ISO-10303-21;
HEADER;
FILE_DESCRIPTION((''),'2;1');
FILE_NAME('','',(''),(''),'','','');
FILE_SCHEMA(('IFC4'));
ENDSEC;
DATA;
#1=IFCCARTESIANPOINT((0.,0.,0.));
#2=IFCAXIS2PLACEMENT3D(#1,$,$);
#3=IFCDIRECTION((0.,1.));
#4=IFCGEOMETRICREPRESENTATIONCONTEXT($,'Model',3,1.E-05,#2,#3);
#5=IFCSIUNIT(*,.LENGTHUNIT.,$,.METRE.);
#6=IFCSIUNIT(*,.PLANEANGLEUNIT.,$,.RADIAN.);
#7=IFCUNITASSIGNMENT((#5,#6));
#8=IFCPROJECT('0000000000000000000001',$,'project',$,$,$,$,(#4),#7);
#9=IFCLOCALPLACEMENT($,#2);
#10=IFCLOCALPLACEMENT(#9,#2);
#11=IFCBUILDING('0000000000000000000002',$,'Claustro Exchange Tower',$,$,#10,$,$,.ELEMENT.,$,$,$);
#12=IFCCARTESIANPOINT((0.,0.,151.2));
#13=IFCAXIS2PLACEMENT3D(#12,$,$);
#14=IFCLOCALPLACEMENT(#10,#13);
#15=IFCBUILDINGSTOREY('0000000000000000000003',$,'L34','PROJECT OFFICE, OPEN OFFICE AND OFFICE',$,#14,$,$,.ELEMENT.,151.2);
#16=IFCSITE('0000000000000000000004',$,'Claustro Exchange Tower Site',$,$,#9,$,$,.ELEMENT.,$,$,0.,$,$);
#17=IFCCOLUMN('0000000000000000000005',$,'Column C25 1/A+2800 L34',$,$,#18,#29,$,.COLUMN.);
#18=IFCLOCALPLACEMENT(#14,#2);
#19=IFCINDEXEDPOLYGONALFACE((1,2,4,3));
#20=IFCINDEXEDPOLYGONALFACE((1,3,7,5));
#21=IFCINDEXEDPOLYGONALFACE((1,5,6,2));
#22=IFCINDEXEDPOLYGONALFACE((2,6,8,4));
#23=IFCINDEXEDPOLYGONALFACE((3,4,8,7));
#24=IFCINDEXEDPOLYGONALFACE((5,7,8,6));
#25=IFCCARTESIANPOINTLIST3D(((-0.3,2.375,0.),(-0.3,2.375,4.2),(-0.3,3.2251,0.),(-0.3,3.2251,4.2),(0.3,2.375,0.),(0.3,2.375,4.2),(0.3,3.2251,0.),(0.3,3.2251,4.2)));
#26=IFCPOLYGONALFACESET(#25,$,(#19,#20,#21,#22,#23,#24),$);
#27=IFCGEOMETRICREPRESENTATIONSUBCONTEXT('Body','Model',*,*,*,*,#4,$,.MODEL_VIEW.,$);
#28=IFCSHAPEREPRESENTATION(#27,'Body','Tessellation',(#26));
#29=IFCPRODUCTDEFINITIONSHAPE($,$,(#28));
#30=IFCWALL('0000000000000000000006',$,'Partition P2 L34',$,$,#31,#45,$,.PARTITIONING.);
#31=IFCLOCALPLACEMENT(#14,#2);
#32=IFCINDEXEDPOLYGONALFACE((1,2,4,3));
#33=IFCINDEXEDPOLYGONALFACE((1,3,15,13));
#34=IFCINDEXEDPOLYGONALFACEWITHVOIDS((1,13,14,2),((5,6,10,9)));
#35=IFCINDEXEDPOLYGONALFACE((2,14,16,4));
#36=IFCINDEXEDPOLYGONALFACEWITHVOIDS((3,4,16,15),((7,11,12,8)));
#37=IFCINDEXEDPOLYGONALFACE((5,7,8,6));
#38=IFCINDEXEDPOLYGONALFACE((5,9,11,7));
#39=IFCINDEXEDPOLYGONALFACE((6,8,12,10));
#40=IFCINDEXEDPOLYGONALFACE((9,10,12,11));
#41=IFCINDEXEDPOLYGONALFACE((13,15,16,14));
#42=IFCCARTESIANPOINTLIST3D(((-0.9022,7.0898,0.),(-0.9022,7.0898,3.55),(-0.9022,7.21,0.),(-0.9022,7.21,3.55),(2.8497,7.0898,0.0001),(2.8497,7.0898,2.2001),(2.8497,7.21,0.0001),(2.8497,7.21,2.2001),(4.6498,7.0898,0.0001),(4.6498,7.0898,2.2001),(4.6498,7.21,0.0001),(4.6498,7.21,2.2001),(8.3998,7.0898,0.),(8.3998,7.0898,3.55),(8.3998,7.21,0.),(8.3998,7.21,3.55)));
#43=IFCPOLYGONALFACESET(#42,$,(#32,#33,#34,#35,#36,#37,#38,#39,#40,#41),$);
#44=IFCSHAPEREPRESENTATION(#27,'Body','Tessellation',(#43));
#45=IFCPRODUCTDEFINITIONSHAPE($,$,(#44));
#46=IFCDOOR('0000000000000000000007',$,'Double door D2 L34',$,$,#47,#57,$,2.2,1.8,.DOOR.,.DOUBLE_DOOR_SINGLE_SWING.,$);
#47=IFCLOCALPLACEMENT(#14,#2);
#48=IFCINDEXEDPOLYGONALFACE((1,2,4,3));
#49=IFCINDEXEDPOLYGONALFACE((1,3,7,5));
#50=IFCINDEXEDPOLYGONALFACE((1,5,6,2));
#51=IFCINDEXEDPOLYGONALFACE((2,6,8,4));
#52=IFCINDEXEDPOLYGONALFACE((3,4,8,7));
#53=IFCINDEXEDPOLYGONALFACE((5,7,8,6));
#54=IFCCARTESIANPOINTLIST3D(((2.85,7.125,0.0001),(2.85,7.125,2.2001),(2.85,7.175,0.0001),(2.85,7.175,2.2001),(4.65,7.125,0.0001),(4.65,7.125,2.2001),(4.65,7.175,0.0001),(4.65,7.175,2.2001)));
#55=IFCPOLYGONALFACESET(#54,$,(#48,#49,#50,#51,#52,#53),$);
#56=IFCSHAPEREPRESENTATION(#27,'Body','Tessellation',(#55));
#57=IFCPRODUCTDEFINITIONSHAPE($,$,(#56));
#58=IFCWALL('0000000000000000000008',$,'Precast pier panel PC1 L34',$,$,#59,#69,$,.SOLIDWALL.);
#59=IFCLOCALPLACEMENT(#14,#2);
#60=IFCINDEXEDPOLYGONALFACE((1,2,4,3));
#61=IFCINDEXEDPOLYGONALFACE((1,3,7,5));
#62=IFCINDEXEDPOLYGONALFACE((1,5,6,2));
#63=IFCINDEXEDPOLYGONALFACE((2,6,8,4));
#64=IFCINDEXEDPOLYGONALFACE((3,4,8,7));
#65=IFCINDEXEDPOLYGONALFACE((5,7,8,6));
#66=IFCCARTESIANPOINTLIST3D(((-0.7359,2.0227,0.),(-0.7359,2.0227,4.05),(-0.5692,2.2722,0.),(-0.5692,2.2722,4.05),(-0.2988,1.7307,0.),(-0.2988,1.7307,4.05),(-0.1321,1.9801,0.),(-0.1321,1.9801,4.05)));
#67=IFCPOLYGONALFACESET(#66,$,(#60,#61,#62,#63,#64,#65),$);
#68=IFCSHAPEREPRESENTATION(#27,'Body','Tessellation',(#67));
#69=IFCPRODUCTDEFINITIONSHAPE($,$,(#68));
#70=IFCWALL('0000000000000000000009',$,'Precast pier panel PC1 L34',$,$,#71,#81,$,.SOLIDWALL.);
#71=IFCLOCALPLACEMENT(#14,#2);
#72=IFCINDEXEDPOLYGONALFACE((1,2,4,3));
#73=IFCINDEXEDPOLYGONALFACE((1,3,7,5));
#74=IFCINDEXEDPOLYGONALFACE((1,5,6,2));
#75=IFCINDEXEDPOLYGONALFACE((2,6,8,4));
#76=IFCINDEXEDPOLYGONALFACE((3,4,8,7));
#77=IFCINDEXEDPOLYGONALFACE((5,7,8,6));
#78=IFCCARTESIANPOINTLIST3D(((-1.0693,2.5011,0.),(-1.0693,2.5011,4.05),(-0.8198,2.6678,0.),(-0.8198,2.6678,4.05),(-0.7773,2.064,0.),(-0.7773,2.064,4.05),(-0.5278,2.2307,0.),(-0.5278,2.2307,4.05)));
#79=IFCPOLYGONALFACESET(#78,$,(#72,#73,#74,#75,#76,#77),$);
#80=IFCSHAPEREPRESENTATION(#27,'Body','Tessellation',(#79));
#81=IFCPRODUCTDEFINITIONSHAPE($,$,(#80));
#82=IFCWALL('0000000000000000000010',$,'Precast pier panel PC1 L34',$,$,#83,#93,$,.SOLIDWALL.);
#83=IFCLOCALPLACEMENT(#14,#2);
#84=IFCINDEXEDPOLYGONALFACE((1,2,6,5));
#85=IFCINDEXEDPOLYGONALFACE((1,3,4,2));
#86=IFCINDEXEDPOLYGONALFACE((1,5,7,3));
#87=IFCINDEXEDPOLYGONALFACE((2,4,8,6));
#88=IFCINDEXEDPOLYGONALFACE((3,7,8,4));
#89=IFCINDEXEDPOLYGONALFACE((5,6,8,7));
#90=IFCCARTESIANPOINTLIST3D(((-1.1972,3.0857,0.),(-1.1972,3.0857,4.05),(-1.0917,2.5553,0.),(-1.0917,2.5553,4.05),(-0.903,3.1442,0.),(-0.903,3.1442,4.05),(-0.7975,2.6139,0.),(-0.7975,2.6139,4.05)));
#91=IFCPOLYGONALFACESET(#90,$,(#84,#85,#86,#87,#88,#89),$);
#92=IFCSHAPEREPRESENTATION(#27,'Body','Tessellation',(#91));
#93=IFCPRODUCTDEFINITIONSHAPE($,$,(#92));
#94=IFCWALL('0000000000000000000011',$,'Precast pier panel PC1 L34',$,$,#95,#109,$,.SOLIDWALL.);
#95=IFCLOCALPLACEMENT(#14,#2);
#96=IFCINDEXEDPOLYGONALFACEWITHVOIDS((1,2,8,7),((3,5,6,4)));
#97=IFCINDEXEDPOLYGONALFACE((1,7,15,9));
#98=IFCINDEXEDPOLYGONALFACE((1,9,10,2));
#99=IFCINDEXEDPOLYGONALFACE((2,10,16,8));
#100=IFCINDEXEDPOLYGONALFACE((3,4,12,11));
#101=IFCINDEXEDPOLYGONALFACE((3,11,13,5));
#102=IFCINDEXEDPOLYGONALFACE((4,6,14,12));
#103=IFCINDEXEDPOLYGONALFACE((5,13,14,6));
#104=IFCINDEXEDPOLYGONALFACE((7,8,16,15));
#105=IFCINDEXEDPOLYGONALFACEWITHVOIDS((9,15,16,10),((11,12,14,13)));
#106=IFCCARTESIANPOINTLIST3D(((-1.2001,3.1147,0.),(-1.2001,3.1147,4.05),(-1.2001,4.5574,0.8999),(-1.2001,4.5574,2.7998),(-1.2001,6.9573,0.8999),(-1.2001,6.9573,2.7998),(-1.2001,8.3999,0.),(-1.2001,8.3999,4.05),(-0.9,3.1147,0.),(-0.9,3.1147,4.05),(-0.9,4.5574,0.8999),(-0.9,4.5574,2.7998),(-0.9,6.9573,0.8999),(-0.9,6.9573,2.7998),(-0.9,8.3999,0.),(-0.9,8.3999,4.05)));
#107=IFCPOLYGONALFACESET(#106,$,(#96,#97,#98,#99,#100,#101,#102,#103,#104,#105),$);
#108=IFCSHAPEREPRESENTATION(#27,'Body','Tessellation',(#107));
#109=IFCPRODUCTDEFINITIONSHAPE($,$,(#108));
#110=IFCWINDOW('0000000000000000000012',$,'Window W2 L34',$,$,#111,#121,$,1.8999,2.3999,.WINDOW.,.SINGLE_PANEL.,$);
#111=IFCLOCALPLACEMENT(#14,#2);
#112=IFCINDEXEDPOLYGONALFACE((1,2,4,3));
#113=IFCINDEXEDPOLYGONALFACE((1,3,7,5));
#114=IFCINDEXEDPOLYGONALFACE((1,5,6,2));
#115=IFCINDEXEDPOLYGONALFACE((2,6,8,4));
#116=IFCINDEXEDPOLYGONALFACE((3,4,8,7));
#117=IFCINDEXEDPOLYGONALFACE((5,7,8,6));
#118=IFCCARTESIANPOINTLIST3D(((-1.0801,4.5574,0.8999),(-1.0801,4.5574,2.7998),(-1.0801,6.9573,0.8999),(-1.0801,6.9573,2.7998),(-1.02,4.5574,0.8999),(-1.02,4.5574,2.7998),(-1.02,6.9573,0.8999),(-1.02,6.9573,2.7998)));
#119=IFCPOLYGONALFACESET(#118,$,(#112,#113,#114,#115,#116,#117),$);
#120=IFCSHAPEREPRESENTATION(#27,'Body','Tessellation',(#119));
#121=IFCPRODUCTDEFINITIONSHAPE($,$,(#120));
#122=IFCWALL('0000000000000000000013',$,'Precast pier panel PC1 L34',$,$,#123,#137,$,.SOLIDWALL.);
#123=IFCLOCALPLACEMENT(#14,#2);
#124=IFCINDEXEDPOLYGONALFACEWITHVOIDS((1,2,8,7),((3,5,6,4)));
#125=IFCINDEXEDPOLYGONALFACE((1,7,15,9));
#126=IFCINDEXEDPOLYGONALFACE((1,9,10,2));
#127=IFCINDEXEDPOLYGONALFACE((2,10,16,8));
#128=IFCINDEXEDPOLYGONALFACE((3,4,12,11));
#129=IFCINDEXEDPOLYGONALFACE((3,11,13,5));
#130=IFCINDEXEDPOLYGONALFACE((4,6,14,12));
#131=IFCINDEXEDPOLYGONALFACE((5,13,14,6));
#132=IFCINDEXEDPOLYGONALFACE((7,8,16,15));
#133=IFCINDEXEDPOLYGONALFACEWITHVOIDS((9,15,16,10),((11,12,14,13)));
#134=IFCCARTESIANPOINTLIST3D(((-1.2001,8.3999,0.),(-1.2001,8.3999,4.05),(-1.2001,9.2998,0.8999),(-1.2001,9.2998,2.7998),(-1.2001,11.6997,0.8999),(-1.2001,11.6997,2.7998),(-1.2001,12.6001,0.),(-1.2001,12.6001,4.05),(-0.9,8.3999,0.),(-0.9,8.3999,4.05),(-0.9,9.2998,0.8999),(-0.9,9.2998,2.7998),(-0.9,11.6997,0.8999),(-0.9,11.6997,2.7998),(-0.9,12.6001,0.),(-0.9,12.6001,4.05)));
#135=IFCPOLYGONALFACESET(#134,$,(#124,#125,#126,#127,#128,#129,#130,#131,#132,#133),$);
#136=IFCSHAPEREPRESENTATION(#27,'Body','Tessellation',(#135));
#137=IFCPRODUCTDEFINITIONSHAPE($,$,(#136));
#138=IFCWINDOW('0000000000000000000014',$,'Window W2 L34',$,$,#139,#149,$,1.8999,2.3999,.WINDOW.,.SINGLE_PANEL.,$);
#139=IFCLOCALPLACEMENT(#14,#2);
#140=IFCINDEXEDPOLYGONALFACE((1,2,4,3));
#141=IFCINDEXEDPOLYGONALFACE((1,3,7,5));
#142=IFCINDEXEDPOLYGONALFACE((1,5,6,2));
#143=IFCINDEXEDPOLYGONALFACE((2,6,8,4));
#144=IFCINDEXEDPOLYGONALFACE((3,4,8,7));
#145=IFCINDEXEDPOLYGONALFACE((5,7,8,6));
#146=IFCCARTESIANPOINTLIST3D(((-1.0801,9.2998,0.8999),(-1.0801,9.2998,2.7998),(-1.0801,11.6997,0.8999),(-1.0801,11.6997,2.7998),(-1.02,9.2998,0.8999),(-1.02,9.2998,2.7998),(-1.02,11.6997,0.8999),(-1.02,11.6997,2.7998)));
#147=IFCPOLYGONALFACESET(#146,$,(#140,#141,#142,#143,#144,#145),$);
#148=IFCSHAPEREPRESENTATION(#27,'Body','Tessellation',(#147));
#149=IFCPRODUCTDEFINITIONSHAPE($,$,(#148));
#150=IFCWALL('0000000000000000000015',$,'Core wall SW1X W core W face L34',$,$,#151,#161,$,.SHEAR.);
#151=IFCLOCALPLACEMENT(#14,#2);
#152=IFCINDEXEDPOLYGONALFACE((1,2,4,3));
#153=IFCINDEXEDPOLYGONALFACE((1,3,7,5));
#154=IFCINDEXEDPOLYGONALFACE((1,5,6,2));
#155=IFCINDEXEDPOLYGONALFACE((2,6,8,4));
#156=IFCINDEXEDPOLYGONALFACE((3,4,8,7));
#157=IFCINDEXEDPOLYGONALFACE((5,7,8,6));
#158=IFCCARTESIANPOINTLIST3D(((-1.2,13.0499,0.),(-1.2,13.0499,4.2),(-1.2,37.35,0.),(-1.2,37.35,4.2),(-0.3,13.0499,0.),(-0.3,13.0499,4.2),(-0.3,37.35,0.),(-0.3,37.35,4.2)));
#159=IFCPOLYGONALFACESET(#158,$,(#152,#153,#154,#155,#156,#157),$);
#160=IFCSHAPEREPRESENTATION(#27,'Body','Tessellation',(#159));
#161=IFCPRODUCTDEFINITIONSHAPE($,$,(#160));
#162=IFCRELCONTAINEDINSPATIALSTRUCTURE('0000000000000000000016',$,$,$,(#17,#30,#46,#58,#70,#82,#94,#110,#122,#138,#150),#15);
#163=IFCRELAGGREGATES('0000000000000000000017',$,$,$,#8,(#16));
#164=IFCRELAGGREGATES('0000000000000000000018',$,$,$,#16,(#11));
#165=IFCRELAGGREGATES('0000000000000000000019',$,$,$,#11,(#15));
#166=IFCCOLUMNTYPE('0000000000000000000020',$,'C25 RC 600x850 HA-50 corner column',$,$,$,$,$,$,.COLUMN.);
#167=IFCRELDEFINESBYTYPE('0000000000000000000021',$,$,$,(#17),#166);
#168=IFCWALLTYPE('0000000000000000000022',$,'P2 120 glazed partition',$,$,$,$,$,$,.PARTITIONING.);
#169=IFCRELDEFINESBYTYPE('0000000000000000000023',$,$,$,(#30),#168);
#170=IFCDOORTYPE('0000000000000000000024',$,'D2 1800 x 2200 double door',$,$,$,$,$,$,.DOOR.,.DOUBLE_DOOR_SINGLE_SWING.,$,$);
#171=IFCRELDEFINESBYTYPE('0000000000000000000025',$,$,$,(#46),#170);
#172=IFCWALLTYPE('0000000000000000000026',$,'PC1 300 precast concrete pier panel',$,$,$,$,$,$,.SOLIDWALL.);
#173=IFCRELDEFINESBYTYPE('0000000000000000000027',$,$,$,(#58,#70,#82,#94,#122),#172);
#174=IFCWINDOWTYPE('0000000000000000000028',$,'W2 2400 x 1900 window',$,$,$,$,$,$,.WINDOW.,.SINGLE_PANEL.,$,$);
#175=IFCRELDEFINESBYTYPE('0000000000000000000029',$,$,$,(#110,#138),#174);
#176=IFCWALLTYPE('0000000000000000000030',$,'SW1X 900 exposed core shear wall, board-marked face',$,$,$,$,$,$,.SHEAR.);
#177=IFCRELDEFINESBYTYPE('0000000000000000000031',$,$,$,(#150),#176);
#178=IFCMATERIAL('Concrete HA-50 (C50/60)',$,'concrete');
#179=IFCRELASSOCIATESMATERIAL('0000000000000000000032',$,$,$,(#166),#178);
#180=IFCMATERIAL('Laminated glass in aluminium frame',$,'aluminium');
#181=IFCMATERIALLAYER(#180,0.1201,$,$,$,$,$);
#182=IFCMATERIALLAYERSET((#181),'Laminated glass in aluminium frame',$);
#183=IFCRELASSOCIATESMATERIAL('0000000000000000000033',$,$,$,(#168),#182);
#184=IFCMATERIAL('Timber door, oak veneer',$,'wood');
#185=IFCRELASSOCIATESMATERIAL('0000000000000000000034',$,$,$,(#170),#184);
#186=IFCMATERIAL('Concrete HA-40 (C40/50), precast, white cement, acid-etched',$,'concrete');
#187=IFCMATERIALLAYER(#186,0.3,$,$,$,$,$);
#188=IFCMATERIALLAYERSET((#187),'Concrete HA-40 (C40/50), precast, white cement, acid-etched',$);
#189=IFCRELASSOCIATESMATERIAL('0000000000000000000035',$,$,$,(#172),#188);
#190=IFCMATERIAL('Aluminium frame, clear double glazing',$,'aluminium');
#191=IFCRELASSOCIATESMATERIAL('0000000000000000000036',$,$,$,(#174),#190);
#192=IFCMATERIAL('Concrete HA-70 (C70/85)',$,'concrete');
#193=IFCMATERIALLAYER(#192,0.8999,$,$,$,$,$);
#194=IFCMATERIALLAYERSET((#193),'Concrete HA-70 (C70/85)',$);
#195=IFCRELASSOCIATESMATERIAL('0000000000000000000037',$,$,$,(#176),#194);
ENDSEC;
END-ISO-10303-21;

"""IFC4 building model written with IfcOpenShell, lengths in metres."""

from ifc_helpers import new_model, si_unit, direction, frame, frame_2d, origin, origin_2d, place, context, subcontext, project, spatial, rectangle, extrude, material, layer, layer_set, material_profile, profile_set, type_object, element, fill, save


model = new_model("IFC4")

# Units and contexts
model_context = context("Model", 3, precision=1e-05, world=origin(), true_north=direction((0.0, 1.0)))
body_context = subcontext(model_context, "Body", "Model", "MODEL_VIEW")
ifc_project = project(units=[si_unit("LENGTHUNIT", "METRE"), si_unit("PLANEANGLEUNIT", "RADIAN")], contexts=[model_context])

# Site, building, storey
site_placement = place(None, origin())
site = spatial("IfcSite", under=ifc_project, at=site_placement, Name="Claustro Exchange Tower Site", CompositionType="ELEMENT", RefElevation=0.0)
building_placement = place(site_placement, origin())
building = spatial("IfcBuilding", under=site, at=building_placement, Name="Claustro Exchange Tower", CompositionType="ELEMENT")
storey_placement = place(building_placement, frame((0.0, 0.0, 151.2)))
storey = spatial("IfcBuildingStorey", under=building, at=storey_placement, Name="L34", Description="PROJECT OFFICE, OPEN OFFICE AND OFFICE", CompositionType="ELEMENT", Elevation=151.2)

# Column
ifc_material_1 = material(Name="Concrete HA-50 (C50/60)", Category="concrete")
ifc_material_profile = material_profile(ifc_material_1, rectangle(XDim=0.6001, YDim=0.8501, at=origin_2d()), Name="RC 600x850")
ifc_profile_set = profile_set([ifc_material_profile], Name="Concrete HA-50 (C50/60)")
column_type = type_object("IfcColumnType", Name="C25 RC 600x850 HA-50 corner column", PredefinedType="COLUMN", material=ifc_profile_set)
column_placement = place(storey_placement, frame((0.0, 2.8, 0.0), z_axis=(0.0, 0.0, 1.0), x_axis=(1.0, 0.0, 0.0)))
element("IfcColumn", 1, at=column_placement, inside=storey, type_object=column_type, Name="Column C25 1/A+2800 L34", PredefinedType="COLUMN", context=body_context, shape_type="SweptSolid", body=[
    extrude(rectangle(XDim=0.6001, YDim=0.8501, at=origin_2d()), origin(), (0.0, 0.0, 1.0), 4.2),
])

# Wall, opening, door
ifc_material_2 = material(Name="Laminated glass in aluminium frame", Category="aluminium")
ifc_layer_1 = layer(ifc_material_2, 0.1201)
ifc_layer_set_1 = layer_set([ifc_layer_1], Name="Laminated glass in aluminium frame")
wall_type_1 = type_object("IfcWallType", Name="P2 120 glazed partition", PredefinedType="PARTITIONING", material=ifc_layer_set_1)
wall_1_placement = place(storey_placement, frame((-0.9021, 7.1499, 0.0), z_axis=(0.0, 0.0, 1.0), x_axis=(1.0, 0.0, 0.0)))
wall_1 = element("IfcWall", 2, at=wall_1_placement, inside=storey, type_object=wall_type_1, Name="Partition P2 L34", PredefinedType="PARTITIONING", context=body_context, shape_type="SweptSolid", body=[
    extrude(rectangle(XDim=9.302, YDim=0.1201, at=frame_2d((4.6509, 0.0))), origin(), (0.0, 0.0, 1.0), 3.55),
])
opening_1_placement = place(wall_1_placement, frame((3.752, 0.0, 0.0)))
opening_1 = element("IfcOpeningElement", 3, at=opening_1_placement, cuts=wall_1, PredefinedType="OPENING", context=body_context, shape_type="SweptSolid", body=[
    extrude(rectangle(XDim=1.8, YDim=2.2, at=frame_2d((0.8999, 1.1001))), frame((0.0, 0.0701, 0.0), z_axis=(0.0, -1.0, 0.0), x_axis=(1.0, 0.0, 0.0)), (0.0, 0.0, 1.0), 0.1401),
])
ifc_material_3 = material(Name="Timber door, oak veneer", Category="wood")
door_type_1 = type_object("IfcDoorType", Name="D2 1800 x 2200 double door", OperationType="DOUBLE_DOOR_SINGLE_SWING", PredefinedType="DOOR", material=ifc_material_3)
door_1_placement = place(opening_1_placement, frame((1.8, 0.0, 0.0), z_axis=(0.0, 0.0, 1.0), x_axis=(-1.0, 0.0, 0.0)))
door_1 = element("IfcDoor", 4, at=door_1_placement, inside=storey, type_object=door_type_1, Name="Double door D2 L34", OperationType="DOUBLE_DOOR_SINGLE_SWING", OverallHeight=2.2, OverallWidth=1.8, PredefinedType="DOOR", context=body_context, shape_type="SweptSolid", body=[
    extrude(rectangle(XDim=1.8, YDim=2.2, at=frame_2d((0.8999, 1.1001))), frame((0.0, 0.0249, 0.0), z_axis=(0.0, -1.0, 0.0), x_axis=(1.0, 0.0, 0.0)), (0.0, 0.0, 1.0), 0.05),
])
fill(opening_1, door_1)

# Walls
ifc_material_4 = material(Name="Concrete HA-40 (C40/50), precast, white cement, acid-etched", Category="concrete")
ifc_layer_2 = layer(ifc_material_4, 0.3)
ifc_layer_set_2 = layer_set([ifc_layer_2], Name="Concrete HA-40 (C40/50), precast, white cement, acid-etched")
wall_type_2 = type_object("IfcWallType", Name="PC1 300 precast concrete pier panel", PredefinedType="SOLIDWALL", material=ifc_layer_set_2)
for number, where, z_axis, x_axis, name in (
    (5, (-0.2156, 1.8555, 0.0), (0.0, 0.0, 1.0), (-0.831478, 0.555557, 0.0), "Precast pier panel PC1 L34"),
    (6, (-0.6526, 2.1475, 0.0), (0.0, 0.0, 1.0), (-0.555557, 0.831478, 0.0), "Precast pier panel PC1 L34"),
):
    element("IfcWall", number, at=place(storey_placement, frame(where, z_axis=z_axis, x_axis=x_axis)), inside=storey, type_object=wall_type_2, Name=name, PredefinedType="SOLIDWALL", context=body_context, shape_type="SweptSolid", body=[
        extrude(rectangle(XDim=0.5256, YDim=0.3, at=frame_2d((0.2627, 0.0))), origin(), (0.0, 0.0, 1.0), 4.05),
    ])
wall_2_placement = place(storey_placement, frame((-0.9446, 2.5845, 0.0), z_axis=(0.0, 0.0, 1.0), x_axis=(-0.195074, 0.980789, 0.0)))
element("IfcWall", 7, at=wall_2_placement, inside=storey, type_object=wall_type_2, Name="Precast pier panel PC1 L34", PredefinedType="SOLIDWALL", context=body_context, shape_type="SweptSolid", body=[
    extrude(rectangle(XDim=0.5408, YDim=0.3, at=frame_2d((0.2705, 0.0))), origin(), (0.0, 0.0, 1.0), 4.05),
])

# Walls, openings, windows
wall_3_placement = place(storey_placement, frame((-1.05, 3.1147, 0.0), z_axis=(0.0, 0.0, 1.0), x_axis=(0.0, 1.0, 0.0)))
wall_3 = element("IfcWall", 8, at=wall_3_placement, inside=storey, type_object=wall_type_2, Name="Precast pier panel PC1 L34", PredefinedType="SOLIDWALL", context=body_context, shape_type="SweptSolid", body=[
    extrude(rectangle(XDim=5.2852, YDim=0.3, at=frame_2d((2.6426, 0.0))), origin(), (0.0, 0.0, 1.0), 4.05),
])
opening_2_placement = place(wall_3_placement, frame((1.4426, 0.0, 0.8999)))
opening_2 = element("IfcOpeningElement", 9, at=opening_2_placement, cuts=wall_3, PredefinedType="OPENING", context=body_context, shape_type="SweptSolid", body=[
    extrude(rectangle(XDim=2.3999, YDim=1.8999, at=frame_2d((1.2, 0.95))), frame((0.0, 0.1599, 0.0), z_axis=(0.0, -1.0, 0.0), x_axis=(1.0, 0.0, 0.0)), (0.0, 0.0, 1.0), 0.3201),
])
ifc_material_5 = material(Name="Aluminium frame, clear double glazing", Category="aluminium")
window_type = type_object("IfcWindowType", Name="W2 2400 x 1900 window", PartitioningType="SINGLE_PANEL", PredefinedType="WINDOW", material=ifc_material_5)
window_1_placement = place(opening_2_placement, origin())
window_1 = element("IfcWindow", 10, at=window_1_placement, inside=storey, type_object=window_type, Name="Window W2 L34", OverallHeight=1.8999, OverallWidth=2.3999, PartitioningType="SINGLE_PANEL", PredefinedType="WINDOW", context=body_context, shape_type="SweptSolid", body=[
    extrude(rectangle(XDim=2.3999, YDim=1.8999, at=frame_2d((1.2, 0.95))), frame((0.0, 0.03, 0.0), z_axis=(0.0, -1.0, 0.0), x_axis=(1.0, 0.0, 0.0)), (0.0, 0.0, 1.0), 0.0601),
])
fill(opening_2, window_1)
wall_4_placement = place(storey_placement, frame((-1.05, 8.3999, 0.0), z_axis=(0.0, 0.0, 1.0), x_axis=(0.0, 1.0, 0.0)))
wall_4 = element("IfcWall", 11, at=wall_4_placement, inside=storey, type_object=wall_type_2, Name="Precast pier panel PC1 L34", PredefinedType="SOLIDWALL", context=body_context, shape_type="SweptSolid", body=[
    extrude(rectangle(XDim=4.2002, YDim=0.3, at=frame_2d((2.1001, 0.0))), origin(), (0.0, 0.0, 1.0), 4.05),
])
opening_3_placement = place(wall_4_placement, frame((0.8999, 0.0, 0.8999)))
opening_3 = element("IfcOpeningElement", 12, at=opening_3_placement, cuts=wall_4, PredefinedType="OPENING", context=body_context, shape_type="SweptSolid", body=[
    extrude(rectangle(XDim=2.3999, YDim=1.8999, at=frame_2d((1.2, 0.95))), frame((0.0, 0.1599, 0.0), z_axis=(0.0, -1.0, 0.0), x_axis=(1.0, 0.0, 0.0)), (0.0, 0.0, 1.0), 0.3201),
])
window_2_placement = place(opening_3_placement, origin())
window_2 = element("IfcWindow", 13, at=window_2_placement, inside=storey, type_object=window_type, Name="Window W2 L34", OverallHeight=1.8999, OverallWidth=2.3999, PartitioningType="SINGLE_PANEL", PredefinedType="WINDOW", context=body_context, shape_type="SweptSolid", body=[
    extrude(rectangle(XDim=2.3999, YDim=1.8999, at=frame_2d((1.2, 0.95))), frame((0.0, 0.03, 0.0), z_axis=(0.0, -1.0, 0.0), x_axis=(1.0, 0.0, 0.0)), (0.0, 0.0, 1.0), 0.0601),
])
fill(opening_3, window_2)

# Wall
ifc_material_6 = material(Name="Concrete HA-70 (C70/85)", Category="concrete")
ifc_layer_3 = layer(ifc_material_6, 0.8999)
ifc_layer_set_3 = layer_set([ifc_layer_3], Name="Concrete HA-70 (C70/85)")
wall_type_3 = type_object("IfcWallType", Name="SW1X 900 exposed core shear wall, board-marked face", PredefinedType="SHEAR", material=ifc_layer_set_3)
wall_5_placement = place(storey_placement, frame((-0.75, 13.05, 0.0), z_axis=(0.0, 0.0, 1.0), x_axis=(0.0, 1.0, 0.0)))
element("IfcWall", 14, at=wall_5_placement, inside=storey, type_object=wall_type_3, Name="Core wall SW1X W core W face L34", PredefinedType="SHEAR", context=body_context, shape_type="SweptSolid", body=[
    extrude(rectangle(XDim=24.3, YDim=0.8999, at=frame_2d((12.1499, 0.0))), origin(), (0.0, 0.0, 1.0), 4.2),
])

save(model, "model.ifc")
